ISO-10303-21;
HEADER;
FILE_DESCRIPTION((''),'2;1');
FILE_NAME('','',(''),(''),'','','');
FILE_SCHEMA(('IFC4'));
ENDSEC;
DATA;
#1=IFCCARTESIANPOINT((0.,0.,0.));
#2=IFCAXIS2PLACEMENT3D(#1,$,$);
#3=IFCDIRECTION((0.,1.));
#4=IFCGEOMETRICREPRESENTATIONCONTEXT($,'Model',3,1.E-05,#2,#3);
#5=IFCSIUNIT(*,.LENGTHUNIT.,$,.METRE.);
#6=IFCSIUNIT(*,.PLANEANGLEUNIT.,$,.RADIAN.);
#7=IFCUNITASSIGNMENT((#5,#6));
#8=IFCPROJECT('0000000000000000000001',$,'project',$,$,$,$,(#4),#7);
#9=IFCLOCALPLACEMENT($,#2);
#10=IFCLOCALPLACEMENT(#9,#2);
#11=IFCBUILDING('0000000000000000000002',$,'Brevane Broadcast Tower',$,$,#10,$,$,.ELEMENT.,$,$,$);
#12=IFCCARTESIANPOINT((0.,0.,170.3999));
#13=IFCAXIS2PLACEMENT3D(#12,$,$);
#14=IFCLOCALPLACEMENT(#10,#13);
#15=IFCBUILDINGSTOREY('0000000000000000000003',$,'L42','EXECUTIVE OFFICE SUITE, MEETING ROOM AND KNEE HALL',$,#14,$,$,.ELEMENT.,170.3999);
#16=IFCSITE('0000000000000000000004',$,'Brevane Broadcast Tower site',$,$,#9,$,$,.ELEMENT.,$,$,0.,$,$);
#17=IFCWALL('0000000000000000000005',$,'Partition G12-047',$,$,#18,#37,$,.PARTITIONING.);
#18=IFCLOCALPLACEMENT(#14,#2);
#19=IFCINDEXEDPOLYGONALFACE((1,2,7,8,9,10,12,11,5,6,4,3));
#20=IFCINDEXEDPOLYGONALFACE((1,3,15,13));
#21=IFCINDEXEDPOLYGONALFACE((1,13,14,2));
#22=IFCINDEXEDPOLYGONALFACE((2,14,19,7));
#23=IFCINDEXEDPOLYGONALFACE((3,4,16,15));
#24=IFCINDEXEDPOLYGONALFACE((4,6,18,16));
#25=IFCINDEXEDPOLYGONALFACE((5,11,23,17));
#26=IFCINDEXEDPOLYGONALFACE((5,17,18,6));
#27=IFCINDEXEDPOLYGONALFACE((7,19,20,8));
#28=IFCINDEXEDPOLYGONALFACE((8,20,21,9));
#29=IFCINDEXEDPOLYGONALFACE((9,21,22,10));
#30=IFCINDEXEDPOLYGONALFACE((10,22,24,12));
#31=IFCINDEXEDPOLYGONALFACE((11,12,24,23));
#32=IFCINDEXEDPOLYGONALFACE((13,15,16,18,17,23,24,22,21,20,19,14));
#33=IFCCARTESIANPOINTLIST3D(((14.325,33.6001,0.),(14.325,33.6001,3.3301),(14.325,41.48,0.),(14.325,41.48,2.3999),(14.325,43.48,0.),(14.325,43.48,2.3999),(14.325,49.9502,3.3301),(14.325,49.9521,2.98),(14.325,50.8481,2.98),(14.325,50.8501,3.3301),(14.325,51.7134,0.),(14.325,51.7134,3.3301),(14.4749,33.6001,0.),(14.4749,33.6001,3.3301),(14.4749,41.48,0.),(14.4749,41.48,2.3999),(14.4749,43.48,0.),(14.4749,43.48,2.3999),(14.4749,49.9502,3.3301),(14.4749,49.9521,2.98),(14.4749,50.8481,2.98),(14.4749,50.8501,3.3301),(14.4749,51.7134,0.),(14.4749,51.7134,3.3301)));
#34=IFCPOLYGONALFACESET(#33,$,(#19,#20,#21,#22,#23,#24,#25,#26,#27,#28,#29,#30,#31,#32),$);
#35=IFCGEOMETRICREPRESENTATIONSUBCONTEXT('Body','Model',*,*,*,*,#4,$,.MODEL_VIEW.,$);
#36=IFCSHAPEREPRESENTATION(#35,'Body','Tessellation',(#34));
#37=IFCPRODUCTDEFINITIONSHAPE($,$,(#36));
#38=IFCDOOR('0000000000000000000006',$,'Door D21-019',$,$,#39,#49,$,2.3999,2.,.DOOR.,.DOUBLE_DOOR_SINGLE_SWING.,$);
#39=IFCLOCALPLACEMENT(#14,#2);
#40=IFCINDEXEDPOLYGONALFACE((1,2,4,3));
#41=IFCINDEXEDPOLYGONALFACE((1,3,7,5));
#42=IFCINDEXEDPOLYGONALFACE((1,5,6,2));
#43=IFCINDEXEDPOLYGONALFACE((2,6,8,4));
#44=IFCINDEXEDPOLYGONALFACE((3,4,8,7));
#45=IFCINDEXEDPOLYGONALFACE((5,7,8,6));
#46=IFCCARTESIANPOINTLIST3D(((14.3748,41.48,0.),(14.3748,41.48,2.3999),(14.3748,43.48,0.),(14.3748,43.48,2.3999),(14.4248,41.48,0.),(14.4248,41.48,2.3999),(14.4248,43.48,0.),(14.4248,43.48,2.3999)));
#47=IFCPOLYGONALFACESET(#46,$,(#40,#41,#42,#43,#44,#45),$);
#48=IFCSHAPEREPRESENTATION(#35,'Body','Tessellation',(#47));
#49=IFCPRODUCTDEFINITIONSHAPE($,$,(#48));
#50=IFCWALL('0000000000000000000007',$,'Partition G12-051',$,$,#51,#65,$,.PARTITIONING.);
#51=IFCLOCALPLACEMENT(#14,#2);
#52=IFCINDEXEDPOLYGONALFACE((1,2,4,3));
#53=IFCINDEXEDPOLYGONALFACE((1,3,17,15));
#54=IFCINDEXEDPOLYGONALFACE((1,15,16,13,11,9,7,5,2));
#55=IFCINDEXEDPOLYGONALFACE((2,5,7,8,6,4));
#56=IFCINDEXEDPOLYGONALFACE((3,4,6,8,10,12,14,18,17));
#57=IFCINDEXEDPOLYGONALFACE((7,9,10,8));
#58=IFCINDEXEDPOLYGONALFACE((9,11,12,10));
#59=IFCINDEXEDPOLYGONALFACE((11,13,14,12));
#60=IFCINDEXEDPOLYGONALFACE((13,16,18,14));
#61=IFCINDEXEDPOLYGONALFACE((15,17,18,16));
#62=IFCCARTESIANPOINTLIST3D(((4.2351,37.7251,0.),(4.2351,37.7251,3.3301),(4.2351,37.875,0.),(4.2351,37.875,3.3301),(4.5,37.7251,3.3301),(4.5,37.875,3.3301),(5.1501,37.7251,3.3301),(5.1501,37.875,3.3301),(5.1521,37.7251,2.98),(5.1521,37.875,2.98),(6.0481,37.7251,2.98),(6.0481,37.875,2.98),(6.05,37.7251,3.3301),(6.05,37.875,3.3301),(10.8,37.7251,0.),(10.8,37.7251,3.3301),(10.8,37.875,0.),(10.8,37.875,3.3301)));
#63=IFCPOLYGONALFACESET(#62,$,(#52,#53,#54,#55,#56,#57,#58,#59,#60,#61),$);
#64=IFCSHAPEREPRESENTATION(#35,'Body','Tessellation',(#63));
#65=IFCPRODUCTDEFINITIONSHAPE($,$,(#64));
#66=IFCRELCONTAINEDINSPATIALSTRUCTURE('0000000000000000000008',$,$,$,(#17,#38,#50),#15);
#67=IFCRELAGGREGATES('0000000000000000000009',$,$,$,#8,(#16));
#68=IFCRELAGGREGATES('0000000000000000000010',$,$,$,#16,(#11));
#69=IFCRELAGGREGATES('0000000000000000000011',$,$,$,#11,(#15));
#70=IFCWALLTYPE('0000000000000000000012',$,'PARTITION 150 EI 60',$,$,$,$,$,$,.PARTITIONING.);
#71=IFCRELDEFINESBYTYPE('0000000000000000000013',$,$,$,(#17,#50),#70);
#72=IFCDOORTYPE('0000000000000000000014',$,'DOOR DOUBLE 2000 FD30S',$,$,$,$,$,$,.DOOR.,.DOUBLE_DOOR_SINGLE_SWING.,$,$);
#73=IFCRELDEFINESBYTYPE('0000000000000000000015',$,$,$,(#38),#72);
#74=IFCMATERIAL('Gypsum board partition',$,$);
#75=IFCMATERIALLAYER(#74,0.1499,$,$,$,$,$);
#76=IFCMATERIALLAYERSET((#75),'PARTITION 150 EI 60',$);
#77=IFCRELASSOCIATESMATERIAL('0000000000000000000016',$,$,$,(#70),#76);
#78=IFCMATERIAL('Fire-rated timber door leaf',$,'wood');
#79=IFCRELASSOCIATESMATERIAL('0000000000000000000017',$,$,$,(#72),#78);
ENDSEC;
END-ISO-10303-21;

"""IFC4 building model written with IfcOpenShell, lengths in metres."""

from ifc_helpers import new_model, si_unit, direction, frame, frame_2d, origin, place, context, subcontext, project, spatial, polyline, rectangle, outline, extrude, material, layer, layer_set, type_object, element, fill, save


model = new_model("IFC4")

# Units and contexts
model_context = context("Model", 3, precision=1e-05, world=origin(), true_north=direction((0.0, 1.0)))
body_context = subcontext(model_context, "Body", "Model", "MODEL_VIEW")
ifc_project = project(units=[si_unit("LENGTHUNIT", "METRE"), si_unit("PLANEANGLEUNIT", "RADIAN")], contexts=[model_context])

# Site, building, storey
site_placement = place(None, origin())
site = spatial("IfcSite", under=ifc_project, at=site_placement, Name="Brevane Broadcast Tower site", CompositionType="ELEMENT", RefElevation=0.0)
building_placement = place(site_placement, origin())
building = spatial("IfcBuilding", under=site, at=building_placement, Name="Brevane Broadcast Tower", CompositionType="ELEMENT")
storey_placement = place(building_placement, frame((0.0, 0.0, 170.3999)))
storey = spatial("IfcBuildingStorey", under=building, at=storey_placement, Name="L42", Description="EXECUTIVE OFFICE SUITE, MEETING ROOM AND KNEE HALL", CompositionType="ELEMENT", Elevation=170.3999)

# Shared definitions
ifc_material_1 = material(Name="Gypsum board partition")
ifc_layer_1 = layer(ifc_material_1, 0.1499)
ifc_layer_set_1 = layer_set([ifc_layer_1], Name="PARTITION 150 EI 60")
wall_type_1 = type_object("IfcWallType", Name="PARTITION 150 EI 60", PredefinedType="PARTITIONING", material=ifc_layer_set_1)
ifc_material_2 = material(Name="Fire-rated timber door leaf", Category="wood")

# Wall, opening, door
wall_1_placement = place(storey_placement, frame((14.3999, 51.7134, 0.0), z_axis=(0.0, 0.0, 1.0), x_axis=(0.0, -1.0, 0.0)))
wall_1 = element("IfcWall", 1, at=wall_1_placement, inside=storey, type_object=wall_type_1, Name="Partition G12-047", PredefinedType="PARTITIONING", context=body_context, shape_type="SweptSolid", body=[
    extrude(outline(polyline([(0.0, 0.0), (18.1133, 0.0), (18.1133, 3.3301), (1.7632, 3.3301), (1.7612, 2.98), (0.8652, 2.98), (0.8633, 3.3301), (0.2334, 3.3301), (0.0, 3.3301), (0.0, 0.0)])), frame((0.0, 0.075, 0.0), z_axis=(0.0, -1.0, 0.0), x_axis=(1.0, 0.0, 0.0)), (0.0, 0.0, 1.0), 0.1499),
])
opening_1_placement = place(wall_1_placement, frame((8.2334, 0.0, 0.0)))
opening_1 = element("IfcOpeningElement", 2, at=opening_1_placement, cuts=wall_1, PredefinedType="OPENING", context=body_context, shape_type="SweptSolid", body=[
    extrude(rectangle(XDim=2.0, YDim=2.3999, at=frame_2d((1.0, 1.2))), frame((0.0, 0.085, 0.0), z_axis=(0.0, -1.0, 0.0), x_axis=(1.0, 0.0, 0.0)), (0.0, 0.0, 1.0), 0.1699),
])
door_type_1 = type_object("IfcDoorType", Name="DOOR DOUBLE 2000 FD30S", OperationType="DOUBLE_DOOR_SINGLE_SWING", PredefinedType="DOOR", material=ifc_material_2)
door_1_placement = place(opening_1_placement, origin())
door_1 = element("IfcDoor", 3, at=door_1_placement, inside=storey, type_object=door_type_1, Name="Door D21-019", OperationType="DOUBLE_DOOR_SINGLE_SWING", OverallHeight=2.3999, OverallWidth=2.0, PredefinedType="DOOR", context=body_context, shape_type="SweptSolid", body=[
    extrude(rectangle(XDim=2.0, YDim=2.3999, at=frame_2d((1.0, 1.2))), frame((0.0, 0.0249, 0.0), z_axis=(0.0, -1.0, 0.0), x_axis=(1.0, 0.0, 0.0)), (0.0, 0.0, 1.0), 0.05),
])
fill(opening_1, door_1)

# Wall
wall_2_placement = place(storey_placement, frame((4.2351, 37.8, 0.0), z_axis=(0.0, 0.0, 1.0), x_axis=(1.0, 0.0, 0.0)))
element("IfcWall", 4, at=wall_2_placement, inside=storey, type_object=wall_type_1, Name="Partition G12-051", PredefinedType="PARTITIONING", context=body_context, shape_type="SweptSolid", body=[
    extrude(outline(polyline([(0.0, 0.0), (6.5649, 0.0), (6.5649, 3.3301), (1.8149, 3.3301), (1.813, 2.98), (0.917, 2.98), (0.915, 3.3301), (0.2649, 3.3301), (0.0, 3.3301), (0.0, 0.0)])), frame((0.0, 0.075, 0.0), z_axis=(0.0, -1.0, 0.0), x_axis=(1.0, 0.0, 0.0)), (0.0, 0.0, 1.0), 0.1499),
])

save(model, "model.ifc")
